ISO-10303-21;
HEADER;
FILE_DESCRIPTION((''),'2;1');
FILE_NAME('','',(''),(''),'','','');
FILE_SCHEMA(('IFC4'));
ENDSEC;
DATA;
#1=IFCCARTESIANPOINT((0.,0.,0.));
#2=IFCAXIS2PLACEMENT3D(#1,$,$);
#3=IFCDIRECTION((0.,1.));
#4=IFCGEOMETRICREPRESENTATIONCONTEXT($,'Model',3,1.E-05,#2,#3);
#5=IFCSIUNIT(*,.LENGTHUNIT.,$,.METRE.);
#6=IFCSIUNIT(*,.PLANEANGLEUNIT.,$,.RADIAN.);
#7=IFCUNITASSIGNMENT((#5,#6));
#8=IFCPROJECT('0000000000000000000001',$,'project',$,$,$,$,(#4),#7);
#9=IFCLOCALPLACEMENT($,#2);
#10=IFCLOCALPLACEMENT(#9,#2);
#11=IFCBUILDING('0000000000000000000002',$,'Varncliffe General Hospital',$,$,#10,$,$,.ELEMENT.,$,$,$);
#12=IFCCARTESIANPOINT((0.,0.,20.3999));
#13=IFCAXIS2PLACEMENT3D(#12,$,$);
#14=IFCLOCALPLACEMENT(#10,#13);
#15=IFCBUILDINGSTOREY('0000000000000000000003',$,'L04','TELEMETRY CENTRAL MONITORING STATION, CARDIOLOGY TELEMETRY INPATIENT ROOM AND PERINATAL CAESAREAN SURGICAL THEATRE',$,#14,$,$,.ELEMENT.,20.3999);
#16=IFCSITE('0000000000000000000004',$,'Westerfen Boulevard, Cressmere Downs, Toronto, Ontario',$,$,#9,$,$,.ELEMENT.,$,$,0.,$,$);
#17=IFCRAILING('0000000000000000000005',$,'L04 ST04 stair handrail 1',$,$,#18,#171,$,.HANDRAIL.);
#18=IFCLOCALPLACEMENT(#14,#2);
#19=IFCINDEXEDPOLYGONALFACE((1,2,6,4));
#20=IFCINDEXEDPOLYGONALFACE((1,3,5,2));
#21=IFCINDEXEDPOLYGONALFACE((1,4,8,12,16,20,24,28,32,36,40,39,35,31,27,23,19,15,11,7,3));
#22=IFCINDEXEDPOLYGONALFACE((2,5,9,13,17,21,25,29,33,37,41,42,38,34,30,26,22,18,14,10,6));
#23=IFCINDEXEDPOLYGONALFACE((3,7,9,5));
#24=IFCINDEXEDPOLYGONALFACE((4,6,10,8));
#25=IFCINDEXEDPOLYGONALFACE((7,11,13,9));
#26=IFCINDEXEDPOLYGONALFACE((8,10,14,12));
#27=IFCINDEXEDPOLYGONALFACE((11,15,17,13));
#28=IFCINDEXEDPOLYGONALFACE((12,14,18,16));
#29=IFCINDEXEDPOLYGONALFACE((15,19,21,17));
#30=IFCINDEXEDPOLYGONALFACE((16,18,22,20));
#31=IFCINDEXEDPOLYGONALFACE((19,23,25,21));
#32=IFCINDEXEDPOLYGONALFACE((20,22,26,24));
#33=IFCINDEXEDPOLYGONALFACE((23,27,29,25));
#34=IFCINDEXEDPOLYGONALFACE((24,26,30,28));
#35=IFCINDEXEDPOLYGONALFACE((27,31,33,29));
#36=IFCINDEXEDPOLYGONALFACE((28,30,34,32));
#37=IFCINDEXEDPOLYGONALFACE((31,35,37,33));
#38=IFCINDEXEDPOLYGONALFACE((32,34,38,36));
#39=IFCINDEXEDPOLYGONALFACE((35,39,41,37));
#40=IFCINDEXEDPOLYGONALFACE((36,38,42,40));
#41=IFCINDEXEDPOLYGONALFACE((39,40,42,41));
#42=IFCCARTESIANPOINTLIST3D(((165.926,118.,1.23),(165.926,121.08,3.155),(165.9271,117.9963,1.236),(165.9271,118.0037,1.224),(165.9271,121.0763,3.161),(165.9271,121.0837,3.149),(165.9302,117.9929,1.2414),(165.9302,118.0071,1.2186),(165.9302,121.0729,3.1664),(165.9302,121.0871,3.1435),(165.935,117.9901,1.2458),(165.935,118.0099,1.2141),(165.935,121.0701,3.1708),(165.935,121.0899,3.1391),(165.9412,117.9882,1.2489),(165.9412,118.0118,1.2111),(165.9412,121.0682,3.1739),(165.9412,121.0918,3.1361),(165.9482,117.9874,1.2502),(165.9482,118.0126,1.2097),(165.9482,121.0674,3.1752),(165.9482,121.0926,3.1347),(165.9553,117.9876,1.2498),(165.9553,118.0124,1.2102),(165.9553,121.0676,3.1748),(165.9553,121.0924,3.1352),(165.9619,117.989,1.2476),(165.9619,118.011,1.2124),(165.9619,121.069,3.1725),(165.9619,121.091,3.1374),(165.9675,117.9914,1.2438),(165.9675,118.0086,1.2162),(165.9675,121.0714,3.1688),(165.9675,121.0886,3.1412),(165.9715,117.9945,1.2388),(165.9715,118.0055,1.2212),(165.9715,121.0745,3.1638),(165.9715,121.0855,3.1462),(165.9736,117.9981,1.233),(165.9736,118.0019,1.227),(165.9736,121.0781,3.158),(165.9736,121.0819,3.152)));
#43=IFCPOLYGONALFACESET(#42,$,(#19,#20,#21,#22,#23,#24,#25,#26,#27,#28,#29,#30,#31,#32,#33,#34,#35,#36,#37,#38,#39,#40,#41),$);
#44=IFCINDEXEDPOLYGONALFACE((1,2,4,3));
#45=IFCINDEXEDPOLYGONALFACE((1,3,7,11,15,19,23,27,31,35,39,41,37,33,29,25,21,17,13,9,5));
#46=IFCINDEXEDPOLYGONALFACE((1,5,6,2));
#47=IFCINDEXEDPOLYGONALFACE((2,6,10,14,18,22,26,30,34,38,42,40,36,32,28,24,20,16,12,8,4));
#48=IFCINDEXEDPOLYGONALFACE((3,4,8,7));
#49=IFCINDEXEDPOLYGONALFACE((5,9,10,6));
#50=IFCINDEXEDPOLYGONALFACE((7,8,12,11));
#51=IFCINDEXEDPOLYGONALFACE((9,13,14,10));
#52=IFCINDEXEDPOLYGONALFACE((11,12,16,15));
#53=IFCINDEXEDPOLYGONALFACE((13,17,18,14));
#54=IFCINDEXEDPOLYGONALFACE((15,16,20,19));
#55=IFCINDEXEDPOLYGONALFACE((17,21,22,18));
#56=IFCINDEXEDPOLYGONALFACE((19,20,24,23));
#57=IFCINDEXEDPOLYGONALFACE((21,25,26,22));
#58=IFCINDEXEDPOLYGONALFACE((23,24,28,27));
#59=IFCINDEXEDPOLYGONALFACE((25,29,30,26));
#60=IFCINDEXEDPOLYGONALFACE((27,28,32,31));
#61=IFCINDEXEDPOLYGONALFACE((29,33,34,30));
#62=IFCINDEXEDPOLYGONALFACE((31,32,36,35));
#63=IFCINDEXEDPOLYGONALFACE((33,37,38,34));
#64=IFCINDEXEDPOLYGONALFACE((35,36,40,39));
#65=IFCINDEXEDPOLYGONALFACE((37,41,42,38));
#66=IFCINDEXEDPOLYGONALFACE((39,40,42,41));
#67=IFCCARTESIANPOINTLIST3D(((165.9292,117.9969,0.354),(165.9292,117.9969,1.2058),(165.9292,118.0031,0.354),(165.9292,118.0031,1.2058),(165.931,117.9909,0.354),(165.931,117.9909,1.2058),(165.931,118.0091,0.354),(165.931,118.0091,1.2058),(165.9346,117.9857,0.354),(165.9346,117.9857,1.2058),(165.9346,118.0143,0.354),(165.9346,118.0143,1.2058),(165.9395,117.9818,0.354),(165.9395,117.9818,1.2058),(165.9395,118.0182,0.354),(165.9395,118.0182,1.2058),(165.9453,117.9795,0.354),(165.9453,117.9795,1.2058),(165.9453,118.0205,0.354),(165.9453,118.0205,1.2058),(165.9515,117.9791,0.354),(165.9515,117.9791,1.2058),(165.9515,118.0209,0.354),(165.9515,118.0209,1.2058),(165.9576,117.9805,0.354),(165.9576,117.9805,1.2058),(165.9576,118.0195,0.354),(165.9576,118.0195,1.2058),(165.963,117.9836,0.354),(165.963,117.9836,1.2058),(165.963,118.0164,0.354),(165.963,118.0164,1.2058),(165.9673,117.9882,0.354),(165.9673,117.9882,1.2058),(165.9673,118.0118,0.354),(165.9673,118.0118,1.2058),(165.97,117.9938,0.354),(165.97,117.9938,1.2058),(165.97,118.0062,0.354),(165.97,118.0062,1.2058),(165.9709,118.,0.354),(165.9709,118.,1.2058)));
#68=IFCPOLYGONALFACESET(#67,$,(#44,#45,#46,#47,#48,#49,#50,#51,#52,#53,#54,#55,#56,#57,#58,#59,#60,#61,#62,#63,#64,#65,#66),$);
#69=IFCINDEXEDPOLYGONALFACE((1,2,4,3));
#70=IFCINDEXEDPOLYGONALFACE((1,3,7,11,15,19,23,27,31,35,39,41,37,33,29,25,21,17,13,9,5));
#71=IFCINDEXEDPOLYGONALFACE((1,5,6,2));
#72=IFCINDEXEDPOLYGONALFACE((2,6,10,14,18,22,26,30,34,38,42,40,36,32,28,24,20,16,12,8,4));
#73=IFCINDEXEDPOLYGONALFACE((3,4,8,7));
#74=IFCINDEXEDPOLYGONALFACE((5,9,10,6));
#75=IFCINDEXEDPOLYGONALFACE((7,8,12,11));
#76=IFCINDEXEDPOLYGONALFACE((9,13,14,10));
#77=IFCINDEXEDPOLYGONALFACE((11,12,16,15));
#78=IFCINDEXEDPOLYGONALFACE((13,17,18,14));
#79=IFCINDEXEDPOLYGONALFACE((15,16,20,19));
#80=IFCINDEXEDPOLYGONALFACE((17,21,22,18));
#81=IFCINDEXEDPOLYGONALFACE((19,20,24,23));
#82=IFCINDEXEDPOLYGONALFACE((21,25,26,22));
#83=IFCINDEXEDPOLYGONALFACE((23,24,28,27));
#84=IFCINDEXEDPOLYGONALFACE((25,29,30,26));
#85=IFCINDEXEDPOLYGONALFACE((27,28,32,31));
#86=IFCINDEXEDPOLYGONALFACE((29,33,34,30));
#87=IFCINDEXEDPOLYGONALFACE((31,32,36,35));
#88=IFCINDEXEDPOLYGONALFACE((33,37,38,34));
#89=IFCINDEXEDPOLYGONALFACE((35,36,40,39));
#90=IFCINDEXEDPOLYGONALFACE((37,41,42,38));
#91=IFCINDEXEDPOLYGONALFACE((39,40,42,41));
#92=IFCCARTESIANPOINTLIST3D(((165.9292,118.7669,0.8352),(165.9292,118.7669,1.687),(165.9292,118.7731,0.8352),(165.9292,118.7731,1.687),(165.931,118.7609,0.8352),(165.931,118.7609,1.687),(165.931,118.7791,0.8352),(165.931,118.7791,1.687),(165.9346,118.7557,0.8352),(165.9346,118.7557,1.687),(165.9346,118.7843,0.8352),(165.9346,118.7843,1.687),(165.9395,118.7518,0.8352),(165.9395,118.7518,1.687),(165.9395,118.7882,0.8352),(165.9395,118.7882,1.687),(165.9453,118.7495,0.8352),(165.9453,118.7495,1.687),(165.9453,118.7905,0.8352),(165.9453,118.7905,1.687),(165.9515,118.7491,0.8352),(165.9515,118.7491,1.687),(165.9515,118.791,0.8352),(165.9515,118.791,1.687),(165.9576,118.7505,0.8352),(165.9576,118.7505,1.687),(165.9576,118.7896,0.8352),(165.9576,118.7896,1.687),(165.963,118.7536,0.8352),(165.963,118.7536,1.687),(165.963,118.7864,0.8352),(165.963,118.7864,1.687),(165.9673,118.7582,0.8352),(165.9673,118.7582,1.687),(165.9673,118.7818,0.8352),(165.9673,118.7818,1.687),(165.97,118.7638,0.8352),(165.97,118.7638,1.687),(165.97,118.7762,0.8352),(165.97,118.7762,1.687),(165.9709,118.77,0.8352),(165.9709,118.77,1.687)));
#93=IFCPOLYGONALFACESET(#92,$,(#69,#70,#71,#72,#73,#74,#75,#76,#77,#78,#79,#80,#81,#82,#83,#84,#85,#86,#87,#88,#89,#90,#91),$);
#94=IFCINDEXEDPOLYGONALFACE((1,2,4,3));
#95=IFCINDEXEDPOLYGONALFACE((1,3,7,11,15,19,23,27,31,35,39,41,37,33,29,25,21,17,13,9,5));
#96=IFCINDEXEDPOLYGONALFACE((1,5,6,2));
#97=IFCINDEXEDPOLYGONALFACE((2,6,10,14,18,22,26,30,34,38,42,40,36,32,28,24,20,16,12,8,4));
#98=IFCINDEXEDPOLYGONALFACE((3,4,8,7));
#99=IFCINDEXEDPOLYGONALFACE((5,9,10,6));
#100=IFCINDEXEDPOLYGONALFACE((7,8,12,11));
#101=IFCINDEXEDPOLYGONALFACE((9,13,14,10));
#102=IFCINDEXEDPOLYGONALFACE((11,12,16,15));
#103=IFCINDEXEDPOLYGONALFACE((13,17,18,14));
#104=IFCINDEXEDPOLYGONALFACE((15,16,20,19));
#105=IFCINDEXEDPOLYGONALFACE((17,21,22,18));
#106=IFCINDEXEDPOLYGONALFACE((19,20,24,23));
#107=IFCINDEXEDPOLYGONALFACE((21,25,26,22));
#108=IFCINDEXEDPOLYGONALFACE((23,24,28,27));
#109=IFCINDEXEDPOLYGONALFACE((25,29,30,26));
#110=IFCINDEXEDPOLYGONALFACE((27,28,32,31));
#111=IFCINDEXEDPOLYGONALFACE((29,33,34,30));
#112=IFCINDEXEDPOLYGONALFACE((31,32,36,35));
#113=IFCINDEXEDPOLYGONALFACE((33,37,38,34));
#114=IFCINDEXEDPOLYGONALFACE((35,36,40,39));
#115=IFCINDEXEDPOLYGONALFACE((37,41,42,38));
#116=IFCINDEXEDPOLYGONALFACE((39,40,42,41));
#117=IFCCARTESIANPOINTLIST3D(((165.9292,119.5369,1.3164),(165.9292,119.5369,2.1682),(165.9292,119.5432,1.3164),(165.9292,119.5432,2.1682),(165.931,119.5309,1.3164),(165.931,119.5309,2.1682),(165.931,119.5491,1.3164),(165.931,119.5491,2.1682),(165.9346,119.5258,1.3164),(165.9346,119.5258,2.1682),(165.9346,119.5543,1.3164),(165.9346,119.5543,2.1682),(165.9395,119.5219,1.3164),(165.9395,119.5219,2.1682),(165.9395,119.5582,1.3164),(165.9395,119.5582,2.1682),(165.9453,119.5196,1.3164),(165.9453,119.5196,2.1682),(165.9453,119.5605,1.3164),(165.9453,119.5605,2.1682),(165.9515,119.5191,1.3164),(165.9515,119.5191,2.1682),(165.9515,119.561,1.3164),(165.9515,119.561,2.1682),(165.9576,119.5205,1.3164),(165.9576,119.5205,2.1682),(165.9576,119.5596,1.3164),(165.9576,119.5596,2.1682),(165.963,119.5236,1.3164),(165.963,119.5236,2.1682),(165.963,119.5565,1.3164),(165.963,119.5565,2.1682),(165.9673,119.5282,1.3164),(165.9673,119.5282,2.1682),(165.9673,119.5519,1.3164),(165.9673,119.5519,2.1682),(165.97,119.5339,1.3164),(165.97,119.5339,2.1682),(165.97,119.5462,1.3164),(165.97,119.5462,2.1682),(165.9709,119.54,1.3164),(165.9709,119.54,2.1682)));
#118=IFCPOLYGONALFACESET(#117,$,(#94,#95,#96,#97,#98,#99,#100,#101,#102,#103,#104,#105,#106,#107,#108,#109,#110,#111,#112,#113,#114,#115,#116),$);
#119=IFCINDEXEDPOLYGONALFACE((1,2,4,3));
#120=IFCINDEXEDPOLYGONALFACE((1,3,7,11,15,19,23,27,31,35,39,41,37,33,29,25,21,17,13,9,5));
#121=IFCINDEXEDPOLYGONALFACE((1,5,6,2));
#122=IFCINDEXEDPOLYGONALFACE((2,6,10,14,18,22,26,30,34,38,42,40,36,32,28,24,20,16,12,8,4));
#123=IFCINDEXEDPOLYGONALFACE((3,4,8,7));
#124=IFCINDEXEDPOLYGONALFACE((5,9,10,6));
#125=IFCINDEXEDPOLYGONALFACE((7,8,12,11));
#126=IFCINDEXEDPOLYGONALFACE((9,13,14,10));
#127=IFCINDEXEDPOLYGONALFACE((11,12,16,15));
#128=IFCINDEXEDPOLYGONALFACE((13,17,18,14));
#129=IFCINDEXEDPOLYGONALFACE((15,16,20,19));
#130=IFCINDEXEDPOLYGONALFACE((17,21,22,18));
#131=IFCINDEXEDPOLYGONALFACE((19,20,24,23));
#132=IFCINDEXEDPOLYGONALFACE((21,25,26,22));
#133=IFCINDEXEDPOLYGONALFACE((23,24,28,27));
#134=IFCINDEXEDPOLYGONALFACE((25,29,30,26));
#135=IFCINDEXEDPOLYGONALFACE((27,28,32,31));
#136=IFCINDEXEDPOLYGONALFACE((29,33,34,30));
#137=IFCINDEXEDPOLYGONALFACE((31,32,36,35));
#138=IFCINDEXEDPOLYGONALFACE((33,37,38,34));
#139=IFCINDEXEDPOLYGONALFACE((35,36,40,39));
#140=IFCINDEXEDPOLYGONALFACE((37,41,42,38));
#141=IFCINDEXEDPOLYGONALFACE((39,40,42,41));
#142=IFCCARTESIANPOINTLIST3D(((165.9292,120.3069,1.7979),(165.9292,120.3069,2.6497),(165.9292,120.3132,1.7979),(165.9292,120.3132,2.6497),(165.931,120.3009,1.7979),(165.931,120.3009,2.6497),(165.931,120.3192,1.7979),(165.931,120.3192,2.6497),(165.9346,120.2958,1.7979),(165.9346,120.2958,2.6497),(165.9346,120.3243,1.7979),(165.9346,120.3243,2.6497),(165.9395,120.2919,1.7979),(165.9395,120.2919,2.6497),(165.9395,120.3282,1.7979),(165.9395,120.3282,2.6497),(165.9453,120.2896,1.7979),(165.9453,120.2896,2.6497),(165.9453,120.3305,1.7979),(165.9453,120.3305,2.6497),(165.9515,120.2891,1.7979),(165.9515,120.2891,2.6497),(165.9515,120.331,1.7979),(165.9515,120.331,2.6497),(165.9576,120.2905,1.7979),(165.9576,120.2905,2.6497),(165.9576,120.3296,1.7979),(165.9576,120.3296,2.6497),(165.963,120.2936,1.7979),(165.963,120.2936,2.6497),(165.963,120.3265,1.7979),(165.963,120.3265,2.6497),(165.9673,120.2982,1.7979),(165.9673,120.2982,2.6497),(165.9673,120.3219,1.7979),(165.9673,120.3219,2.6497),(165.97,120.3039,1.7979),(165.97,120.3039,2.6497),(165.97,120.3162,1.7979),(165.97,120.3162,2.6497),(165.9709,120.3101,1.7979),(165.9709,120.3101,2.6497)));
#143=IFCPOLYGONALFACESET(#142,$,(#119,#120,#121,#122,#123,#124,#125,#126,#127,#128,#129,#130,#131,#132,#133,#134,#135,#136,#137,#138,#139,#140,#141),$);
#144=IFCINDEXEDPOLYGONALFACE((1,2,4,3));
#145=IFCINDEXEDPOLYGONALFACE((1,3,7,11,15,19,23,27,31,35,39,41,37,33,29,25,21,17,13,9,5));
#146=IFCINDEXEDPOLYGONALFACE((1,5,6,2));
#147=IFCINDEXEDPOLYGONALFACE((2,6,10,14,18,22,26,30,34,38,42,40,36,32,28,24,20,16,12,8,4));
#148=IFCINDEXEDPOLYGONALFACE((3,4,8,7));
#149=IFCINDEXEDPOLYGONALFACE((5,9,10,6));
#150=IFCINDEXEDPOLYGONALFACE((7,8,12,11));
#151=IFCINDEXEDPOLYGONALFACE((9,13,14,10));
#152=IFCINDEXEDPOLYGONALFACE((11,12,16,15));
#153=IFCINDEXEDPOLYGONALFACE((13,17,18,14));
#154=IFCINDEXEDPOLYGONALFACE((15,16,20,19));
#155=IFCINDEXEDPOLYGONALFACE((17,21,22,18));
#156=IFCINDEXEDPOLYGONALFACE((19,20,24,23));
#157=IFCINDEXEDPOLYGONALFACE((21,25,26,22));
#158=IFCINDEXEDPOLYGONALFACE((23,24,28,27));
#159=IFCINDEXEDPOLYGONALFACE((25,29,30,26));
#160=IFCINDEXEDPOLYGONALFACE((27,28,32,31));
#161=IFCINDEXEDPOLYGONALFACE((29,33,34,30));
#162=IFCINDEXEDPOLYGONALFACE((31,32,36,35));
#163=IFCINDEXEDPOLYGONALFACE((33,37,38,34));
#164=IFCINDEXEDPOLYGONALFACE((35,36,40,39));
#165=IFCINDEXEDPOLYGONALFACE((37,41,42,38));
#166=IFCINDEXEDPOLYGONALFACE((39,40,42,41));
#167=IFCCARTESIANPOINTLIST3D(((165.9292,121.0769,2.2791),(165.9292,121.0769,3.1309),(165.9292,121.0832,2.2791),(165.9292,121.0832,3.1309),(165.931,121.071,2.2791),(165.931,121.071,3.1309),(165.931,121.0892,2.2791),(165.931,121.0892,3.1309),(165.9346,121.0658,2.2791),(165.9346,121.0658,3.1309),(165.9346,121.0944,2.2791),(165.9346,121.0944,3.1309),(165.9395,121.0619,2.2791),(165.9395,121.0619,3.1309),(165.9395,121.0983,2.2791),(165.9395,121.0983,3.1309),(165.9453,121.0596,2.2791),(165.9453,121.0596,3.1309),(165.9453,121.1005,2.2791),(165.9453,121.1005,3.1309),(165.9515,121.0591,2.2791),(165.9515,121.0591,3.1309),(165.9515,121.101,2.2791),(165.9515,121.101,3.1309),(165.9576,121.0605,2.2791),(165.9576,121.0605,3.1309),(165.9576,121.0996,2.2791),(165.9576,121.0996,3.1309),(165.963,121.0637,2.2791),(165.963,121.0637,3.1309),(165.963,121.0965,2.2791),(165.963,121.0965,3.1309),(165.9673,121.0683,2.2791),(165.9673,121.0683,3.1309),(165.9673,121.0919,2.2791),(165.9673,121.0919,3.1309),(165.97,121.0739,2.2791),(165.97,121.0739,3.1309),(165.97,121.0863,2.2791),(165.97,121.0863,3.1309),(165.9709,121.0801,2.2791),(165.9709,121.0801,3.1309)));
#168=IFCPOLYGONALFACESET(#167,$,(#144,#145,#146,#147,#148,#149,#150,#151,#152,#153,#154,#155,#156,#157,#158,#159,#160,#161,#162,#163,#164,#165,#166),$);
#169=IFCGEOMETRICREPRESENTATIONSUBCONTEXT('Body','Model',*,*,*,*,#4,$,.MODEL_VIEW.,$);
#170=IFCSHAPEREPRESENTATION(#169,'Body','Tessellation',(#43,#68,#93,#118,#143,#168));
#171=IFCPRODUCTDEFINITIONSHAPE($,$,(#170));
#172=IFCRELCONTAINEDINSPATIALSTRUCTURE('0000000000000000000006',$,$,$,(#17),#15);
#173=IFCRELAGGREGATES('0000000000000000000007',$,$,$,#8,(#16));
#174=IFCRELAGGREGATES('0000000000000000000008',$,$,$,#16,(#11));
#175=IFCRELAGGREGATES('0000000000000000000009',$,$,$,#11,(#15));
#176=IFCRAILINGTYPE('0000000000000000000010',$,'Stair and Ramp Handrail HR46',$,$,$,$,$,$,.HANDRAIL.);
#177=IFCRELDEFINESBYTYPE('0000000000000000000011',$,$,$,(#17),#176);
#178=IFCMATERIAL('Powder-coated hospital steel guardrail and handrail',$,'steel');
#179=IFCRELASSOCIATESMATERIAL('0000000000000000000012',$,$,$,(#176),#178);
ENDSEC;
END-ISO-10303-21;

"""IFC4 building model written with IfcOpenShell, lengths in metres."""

from ifc_helpers import new_model, si_unit, direction, frame, origin, origin_2d, place, context, subcontext, project, spatial, circle, extrude, material, type_object, element, save


model = new_model("IFC4")

# Units and contexts
model_context = context("Model", 3, precision=1e-05, world=origin(), true_north=direction((0.0, 1.0)))
body_context = subcontext(model_context, "Body", "Model", "MODEL_VIEW")
ifc_project = project(units=[si_unit("LENGTHUNIT", "METRE"), si_unit("PLANEANGLEUNIT", "RADIAN")], contexts=[model_context])

# Site, building, storey
site_placement = place(None, origin())
site = spatial("IfcSite", under=ifc_project, at=site_placement, Name="Westerfen Boulevard, Cressmere Downs, Toronto, Ontario", CompositionType="ELEMENT", RefElevation=0.0)
building_placement = place(site_placement, origin())
building = spatial("IfcBuilding", under=site, at=building_placement, Name="Varncliffe General Hospital", CompositionType="ELEMENT")
storey_placement = place(building_placement, frame((0.0, 0.0, 20.3999)))
storey = spatial("IfcBuildingStorey", under=building, at=storey_placement, Name="L04", Description="TELEMETRY CENTRAL MONITORING STATION, CARDIOLOGY TELEMETRY INPATIENT ROOM AND PERINATAL CAESAREAN SURGICAL THEATRE", CompositionType="ELEMENT", Elevation=20.3999)

# Railing
ifc_material_1 = material(Name="Powder-coated hospital steel guardrail and handrail", Category="steel")
railing_type_1 = type_object("IfcRailingType", Name="Stair and Ramp Handrail HR46", PredefinedType="HANDRAIL", material=ifc_material_1)
railing_1_placement = place(storey_placement, frame((165.95, 118.0, 0.354)))
element("IfcRailing", 1, at=railing_1_placement, inside=storey, type_object=railing_type_1, Name="L04 ST04 stair handrail 1", PredefinedType="HANDRAIL", context=body_context, shape_type="SweptSolid", body=[
    extrude(circle(Radius=0.0239, at=origin_2d()), frame((0.0, 0.0, 0.876), z_axis=(0.0, 0.847998, 0.529999), x_axis=(-1.0, 0.0, 0.0)), (0.0, 0.0, 1.0), 3.6321),
    extrude(circle(Radius=0.021, at=origin_2d()), origin(), (0.0, 0.0, 1.0), 0.8518),
    extrude(circle(Radius=0.021, at=origin_2d()), frame((0.0, 0.77, 0.4812)), (0.0, 0.0, 1.0), 0.8518),
    extrude(circle(Radius=0.021, at=origin_2d()), frame((0.0, 1.54, 0.9624)), (0.0, 0.0, 1.0), 0.8518),
    extrude(circle(Radius=0.021, at=origin_2d()), frame((0.0, 2.3101, 1.4438)), (0.0, 0.0, 1.0), 0.8518),
    extrude(circle(Radius=0.021, at=origin_2d()), frame((0.0, 3.0801, 1.925)), (0.0, 0.0, 1.0), 0.8518),
])

save(model, "model.ifc")
